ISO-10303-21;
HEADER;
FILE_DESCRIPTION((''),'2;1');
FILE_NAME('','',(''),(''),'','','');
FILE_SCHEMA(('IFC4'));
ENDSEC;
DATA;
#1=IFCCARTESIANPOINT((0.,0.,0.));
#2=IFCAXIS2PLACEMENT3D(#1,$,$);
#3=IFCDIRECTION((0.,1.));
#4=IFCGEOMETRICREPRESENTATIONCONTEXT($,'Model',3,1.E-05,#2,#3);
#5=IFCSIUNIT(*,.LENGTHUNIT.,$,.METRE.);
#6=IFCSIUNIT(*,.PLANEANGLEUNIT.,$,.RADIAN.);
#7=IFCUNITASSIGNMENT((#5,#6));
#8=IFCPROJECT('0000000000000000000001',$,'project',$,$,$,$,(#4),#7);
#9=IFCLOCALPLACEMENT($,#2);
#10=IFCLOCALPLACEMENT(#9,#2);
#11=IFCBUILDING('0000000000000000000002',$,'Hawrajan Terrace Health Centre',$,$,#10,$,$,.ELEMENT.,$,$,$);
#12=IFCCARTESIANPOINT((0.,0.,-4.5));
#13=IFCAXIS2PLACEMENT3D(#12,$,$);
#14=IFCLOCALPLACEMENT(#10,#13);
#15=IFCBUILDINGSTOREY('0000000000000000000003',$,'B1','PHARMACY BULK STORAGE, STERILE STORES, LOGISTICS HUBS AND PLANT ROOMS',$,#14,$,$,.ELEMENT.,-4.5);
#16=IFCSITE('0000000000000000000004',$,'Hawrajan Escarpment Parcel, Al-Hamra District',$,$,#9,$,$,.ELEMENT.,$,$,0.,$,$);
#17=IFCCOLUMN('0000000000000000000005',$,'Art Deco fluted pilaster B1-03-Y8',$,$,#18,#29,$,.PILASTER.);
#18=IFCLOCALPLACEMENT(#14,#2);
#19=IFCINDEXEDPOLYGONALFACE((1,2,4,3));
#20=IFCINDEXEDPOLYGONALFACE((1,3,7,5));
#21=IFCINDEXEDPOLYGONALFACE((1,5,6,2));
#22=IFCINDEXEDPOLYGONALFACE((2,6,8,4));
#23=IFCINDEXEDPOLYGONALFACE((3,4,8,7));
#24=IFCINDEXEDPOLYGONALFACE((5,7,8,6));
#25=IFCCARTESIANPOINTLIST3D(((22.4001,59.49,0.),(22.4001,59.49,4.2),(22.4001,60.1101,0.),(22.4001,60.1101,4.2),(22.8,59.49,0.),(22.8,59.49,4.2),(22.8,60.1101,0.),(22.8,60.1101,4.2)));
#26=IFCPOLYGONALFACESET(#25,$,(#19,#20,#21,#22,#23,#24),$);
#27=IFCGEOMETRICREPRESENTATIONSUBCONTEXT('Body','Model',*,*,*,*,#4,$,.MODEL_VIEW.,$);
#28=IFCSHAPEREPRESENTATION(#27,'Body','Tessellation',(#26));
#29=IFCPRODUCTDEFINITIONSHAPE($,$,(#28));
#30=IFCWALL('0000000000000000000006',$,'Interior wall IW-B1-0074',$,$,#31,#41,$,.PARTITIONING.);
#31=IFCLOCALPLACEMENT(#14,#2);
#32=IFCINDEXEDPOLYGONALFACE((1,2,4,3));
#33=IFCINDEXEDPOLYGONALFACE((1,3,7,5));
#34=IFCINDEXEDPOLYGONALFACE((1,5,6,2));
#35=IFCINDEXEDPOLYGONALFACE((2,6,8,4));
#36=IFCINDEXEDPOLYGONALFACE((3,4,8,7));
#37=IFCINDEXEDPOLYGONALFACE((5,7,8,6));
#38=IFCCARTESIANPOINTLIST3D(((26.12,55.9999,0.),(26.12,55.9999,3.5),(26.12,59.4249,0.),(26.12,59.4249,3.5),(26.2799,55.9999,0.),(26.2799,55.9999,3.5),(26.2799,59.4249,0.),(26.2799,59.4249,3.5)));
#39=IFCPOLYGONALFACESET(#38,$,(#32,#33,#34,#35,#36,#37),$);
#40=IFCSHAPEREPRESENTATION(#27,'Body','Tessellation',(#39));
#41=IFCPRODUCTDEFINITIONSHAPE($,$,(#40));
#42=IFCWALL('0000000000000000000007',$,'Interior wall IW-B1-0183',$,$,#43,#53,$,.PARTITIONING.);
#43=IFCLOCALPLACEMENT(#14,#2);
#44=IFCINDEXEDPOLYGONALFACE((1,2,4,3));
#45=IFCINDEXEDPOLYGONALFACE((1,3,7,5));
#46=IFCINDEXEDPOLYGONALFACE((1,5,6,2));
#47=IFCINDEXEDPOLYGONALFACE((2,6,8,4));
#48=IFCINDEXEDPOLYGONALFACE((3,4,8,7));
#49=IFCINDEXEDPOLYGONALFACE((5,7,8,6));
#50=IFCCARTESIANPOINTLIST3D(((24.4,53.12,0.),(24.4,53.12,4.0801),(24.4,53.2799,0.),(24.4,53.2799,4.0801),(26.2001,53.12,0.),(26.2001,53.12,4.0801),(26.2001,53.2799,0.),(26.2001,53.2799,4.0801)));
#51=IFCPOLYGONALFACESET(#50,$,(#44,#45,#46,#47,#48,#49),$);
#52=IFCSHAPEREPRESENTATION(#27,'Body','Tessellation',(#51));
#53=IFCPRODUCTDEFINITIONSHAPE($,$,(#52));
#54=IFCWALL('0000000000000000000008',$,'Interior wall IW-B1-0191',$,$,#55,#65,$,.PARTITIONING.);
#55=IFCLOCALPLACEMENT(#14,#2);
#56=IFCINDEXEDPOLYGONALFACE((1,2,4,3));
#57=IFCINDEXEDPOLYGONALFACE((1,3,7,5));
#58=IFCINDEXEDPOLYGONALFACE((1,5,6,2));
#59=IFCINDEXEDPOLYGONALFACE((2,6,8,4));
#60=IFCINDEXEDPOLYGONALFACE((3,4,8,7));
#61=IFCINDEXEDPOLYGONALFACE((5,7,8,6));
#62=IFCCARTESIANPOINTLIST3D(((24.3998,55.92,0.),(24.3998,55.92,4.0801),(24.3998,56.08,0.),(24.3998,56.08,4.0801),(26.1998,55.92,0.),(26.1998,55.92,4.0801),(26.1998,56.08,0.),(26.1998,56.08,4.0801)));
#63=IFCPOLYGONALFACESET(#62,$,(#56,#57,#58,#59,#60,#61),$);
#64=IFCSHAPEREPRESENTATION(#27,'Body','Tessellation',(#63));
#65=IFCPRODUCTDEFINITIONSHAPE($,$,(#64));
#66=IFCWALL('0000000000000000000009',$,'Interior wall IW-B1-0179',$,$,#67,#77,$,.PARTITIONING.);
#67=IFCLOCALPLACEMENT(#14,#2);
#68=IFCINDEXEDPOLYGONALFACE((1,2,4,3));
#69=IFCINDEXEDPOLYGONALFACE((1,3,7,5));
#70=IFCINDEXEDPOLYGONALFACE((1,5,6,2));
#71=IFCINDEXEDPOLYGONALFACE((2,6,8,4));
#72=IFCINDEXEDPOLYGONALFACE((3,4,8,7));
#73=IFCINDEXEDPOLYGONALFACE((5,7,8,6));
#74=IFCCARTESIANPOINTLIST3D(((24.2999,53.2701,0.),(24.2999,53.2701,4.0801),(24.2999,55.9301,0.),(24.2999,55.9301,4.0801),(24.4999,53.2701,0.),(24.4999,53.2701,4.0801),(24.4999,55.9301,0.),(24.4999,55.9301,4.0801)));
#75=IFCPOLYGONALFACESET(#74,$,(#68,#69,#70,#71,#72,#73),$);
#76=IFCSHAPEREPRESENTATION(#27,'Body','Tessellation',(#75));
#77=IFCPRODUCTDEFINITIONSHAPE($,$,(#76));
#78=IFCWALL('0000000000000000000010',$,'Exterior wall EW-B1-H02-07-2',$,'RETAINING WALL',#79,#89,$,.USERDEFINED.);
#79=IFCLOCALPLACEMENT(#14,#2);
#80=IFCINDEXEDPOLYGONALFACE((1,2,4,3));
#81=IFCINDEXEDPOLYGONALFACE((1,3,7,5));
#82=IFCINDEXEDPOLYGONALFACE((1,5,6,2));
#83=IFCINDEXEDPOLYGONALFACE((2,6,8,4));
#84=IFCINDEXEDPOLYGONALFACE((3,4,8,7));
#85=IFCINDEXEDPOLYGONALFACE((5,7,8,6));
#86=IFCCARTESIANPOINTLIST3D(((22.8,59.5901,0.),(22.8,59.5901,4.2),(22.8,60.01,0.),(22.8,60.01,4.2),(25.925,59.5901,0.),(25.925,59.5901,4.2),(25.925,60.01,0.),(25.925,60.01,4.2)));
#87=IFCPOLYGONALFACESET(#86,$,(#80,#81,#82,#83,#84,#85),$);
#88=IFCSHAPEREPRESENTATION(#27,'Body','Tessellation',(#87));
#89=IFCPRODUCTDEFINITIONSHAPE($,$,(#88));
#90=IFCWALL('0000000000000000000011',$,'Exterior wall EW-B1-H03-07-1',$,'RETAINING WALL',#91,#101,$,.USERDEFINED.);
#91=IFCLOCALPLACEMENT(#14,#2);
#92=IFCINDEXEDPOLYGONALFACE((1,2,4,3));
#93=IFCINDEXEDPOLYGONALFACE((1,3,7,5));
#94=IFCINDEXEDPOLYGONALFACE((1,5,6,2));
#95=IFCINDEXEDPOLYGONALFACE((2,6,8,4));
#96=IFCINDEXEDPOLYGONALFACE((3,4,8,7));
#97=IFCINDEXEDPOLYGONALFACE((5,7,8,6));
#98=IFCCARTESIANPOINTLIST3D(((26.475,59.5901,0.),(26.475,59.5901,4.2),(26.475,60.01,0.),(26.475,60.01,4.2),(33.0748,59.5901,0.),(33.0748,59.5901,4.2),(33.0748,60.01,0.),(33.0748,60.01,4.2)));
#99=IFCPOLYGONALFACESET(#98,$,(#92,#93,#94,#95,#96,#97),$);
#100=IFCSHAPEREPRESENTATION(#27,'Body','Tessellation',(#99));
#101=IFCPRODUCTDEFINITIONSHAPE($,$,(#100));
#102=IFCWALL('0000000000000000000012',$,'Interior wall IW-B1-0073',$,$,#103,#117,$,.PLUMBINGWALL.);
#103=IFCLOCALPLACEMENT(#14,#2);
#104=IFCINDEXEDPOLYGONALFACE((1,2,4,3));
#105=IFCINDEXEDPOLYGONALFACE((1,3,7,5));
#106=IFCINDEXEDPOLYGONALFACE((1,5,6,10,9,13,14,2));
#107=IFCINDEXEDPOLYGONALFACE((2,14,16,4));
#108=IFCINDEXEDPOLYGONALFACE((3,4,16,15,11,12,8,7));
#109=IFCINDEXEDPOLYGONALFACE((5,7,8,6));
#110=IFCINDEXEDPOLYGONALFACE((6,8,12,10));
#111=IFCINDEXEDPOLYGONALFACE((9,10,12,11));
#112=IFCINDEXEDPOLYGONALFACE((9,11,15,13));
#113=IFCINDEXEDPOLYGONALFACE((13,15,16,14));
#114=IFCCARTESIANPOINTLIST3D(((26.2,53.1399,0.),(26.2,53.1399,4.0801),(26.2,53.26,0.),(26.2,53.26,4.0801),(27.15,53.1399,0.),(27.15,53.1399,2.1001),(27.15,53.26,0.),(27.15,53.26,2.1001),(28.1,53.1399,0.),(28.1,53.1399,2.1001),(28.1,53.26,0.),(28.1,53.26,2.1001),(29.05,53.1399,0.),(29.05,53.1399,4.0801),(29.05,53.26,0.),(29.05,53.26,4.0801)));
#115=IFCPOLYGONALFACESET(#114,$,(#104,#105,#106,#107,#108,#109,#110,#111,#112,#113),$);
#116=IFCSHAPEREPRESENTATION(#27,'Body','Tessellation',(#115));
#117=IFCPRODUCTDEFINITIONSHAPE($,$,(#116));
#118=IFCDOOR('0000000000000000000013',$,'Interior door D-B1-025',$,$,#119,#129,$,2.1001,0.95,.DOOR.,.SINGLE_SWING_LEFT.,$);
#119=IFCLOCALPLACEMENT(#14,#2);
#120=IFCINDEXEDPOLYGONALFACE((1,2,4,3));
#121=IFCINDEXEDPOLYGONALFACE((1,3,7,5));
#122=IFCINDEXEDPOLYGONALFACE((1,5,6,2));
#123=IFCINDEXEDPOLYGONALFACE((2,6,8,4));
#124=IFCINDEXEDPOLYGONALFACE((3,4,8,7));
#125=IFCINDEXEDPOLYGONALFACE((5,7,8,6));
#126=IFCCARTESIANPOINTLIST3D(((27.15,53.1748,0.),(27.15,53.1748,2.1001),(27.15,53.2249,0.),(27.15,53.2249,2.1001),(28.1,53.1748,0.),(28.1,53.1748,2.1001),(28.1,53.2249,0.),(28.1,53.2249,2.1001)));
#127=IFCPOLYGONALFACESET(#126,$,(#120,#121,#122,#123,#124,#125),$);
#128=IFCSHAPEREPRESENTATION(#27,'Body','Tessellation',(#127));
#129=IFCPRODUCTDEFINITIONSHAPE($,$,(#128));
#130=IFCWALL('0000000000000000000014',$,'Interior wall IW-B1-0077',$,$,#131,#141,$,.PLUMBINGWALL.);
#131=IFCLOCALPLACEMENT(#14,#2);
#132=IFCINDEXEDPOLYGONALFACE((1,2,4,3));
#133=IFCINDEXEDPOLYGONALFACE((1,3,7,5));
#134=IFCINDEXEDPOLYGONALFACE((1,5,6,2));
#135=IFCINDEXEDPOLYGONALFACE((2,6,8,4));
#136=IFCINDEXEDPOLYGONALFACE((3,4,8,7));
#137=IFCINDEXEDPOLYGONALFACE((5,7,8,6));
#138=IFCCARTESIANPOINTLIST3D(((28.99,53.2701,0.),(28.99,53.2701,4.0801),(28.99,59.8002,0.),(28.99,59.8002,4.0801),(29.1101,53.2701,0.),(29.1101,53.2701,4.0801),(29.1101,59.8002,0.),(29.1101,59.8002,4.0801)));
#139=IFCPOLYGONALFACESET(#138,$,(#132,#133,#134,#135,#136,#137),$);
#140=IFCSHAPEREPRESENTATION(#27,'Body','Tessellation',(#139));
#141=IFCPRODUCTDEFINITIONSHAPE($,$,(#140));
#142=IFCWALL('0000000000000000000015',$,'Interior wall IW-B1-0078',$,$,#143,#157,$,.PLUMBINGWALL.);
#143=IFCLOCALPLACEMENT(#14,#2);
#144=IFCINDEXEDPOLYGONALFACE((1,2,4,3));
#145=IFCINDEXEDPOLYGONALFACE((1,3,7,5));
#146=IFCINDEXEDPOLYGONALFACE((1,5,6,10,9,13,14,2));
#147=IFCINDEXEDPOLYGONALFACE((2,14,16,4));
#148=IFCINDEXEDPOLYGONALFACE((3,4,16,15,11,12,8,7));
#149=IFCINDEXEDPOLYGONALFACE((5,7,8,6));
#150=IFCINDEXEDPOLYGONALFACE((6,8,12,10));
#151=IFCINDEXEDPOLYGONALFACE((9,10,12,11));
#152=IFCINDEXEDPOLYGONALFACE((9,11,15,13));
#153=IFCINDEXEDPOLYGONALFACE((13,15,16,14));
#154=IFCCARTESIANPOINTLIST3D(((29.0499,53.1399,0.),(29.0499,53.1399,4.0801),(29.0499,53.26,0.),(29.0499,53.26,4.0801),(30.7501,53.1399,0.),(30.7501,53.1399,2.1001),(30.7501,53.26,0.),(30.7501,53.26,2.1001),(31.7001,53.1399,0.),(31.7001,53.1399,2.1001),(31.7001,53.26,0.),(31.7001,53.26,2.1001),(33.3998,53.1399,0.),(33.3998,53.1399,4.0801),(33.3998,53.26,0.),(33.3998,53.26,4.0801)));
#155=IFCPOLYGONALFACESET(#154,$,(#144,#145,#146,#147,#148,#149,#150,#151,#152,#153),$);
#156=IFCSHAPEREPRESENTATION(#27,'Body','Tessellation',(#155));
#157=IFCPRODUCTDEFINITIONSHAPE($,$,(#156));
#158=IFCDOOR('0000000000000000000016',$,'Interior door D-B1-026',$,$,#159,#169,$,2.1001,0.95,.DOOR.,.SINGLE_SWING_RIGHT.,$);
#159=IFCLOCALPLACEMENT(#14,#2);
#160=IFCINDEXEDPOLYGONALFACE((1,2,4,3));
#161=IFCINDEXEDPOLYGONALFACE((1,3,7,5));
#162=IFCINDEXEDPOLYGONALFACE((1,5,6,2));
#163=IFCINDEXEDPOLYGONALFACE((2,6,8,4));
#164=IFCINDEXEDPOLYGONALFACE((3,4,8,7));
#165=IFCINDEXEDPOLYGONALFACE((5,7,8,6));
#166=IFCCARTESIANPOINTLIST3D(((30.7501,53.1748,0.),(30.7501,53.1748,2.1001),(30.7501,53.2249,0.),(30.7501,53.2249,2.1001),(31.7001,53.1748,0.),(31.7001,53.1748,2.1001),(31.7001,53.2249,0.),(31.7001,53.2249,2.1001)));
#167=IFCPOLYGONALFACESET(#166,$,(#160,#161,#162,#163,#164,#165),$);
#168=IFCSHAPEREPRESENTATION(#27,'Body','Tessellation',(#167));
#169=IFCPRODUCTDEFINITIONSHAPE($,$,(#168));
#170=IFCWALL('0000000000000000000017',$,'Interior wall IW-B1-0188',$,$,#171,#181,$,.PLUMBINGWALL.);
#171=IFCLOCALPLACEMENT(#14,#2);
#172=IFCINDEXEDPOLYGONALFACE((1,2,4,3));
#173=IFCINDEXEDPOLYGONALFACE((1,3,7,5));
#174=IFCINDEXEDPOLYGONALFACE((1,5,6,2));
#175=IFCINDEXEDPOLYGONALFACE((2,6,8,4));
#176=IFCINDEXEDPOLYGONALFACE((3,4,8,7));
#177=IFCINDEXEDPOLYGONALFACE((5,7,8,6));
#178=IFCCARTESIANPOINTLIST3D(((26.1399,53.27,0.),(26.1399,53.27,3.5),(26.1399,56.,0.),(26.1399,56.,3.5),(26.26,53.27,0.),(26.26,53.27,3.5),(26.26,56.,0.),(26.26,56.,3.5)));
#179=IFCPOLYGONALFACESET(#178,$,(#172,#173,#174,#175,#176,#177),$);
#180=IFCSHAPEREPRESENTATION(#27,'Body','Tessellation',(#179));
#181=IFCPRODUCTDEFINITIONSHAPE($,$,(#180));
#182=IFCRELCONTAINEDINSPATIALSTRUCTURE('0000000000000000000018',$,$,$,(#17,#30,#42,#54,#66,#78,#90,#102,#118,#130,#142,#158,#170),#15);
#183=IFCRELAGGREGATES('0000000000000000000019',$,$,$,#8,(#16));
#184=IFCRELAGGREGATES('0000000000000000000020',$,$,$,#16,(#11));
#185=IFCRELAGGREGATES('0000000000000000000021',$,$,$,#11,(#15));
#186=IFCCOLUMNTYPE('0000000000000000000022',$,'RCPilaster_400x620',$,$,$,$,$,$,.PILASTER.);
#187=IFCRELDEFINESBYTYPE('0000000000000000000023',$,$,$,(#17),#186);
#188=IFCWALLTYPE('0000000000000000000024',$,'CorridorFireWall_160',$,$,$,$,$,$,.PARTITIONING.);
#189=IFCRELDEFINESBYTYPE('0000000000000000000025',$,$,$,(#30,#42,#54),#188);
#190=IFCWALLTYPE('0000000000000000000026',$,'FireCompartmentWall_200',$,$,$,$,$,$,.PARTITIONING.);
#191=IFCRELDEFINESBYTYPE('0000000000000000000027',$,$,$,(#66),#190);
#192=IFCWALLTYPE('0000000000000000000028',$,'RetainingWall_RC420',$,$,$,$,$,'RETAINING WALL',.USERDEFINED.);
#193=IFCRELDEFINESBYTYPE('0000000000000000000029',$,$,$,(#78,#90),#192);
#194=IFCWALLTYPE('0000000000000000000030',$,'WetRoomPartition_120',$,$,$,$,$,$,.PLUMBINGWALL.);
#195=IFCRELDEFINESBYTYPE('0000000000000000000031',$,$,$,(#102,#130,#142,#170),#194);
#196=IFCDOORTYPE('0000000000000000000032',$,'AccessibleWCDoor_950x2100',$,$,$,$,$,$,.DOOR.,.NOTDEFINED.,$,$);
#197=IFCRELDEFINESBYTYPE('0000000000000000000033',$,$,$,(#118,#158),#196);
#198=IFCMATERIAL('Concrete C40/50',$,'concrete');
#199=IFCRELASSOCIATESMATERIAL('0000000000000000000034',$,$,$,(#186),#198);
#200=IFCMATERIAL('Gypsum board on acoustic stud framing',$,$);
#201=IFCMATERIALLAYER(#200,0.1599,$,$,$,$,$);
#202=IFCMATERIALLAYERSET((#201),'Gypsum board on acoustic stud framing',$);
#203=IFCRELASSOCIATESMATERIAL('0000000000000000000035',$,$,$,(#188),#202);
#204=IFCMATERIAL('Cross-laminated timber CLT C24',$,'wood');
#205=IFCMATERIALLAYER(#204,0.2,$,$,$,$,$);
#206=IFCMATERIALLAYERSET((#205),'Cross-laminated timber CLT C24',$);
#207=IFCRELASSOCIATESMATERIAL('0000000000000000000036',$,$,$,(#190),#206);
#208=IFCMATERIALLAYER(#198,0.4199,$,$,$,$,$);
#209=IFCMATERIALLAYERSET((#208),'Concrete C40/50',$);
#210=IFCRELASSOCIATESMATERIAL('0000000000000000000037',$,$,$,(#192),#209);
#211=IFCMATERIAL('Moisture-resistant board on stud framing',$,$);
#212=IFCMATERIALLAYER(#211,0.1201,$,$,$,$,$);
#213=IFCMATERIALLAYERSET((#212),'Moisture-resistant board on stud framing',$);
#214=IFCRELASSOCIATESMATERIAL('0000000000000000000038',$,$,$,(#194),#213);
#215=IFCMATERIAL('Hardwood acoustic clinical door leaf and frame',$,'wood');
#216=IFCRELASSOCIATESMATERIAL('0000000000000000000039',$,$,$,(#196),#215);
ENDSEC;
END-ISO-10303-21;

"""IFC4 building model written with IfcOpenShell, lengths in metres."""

from ifc_helpers import new_model, si_unit, direction, frame, frame_2d, origin, origin_2d, place, context, subcontext, project, spatial, rectangle, extrude, material, layer, layer_set, material_profile, profile_set, type_object, element, fill, save


model = new_model("IFC4")

# Units and contexts
model_context = context("Model", 3, precision=1e-05, world=origin(), true_north=direction((0.0, 1.0)))
body_context = subcontext(model_context, "Body", "Model", "MODEL_VIEW")
ifc_project = project(units=[si_unit("LENGTHUNIT", "METRE"), si_unit("PLANEANGLEUNIT", "RADIAN")], contexts=[model_context])

# Site, building, storey
site_placement = place(None, origin())
site = spatial("IfcSite", under=ifc_project, at=site_placement, Name="Hawrajan Escarpment Parcel, Al-Hamra District", CompositionType="ELEMENT", RefElevation=0.0)
building_placement = place(site_placement, origin())
building = spatial("IfcBuilding", under=site, at=building_placement, Name="Hawrajan Terrace Health Centre", CompositionType="ELEMENT")
storey_placement = place(building_placement, frame((0.0, 0.0, -4.5)))
storey = spatial("IfcBuildingStorey", under=building, at=storey_placement, Name="B1", Description="PHARMACY BULK STORAGE, STERILE STORES, LOGISTICS HUBS AND PLANT ROOMS", CompositionType="ELEMENT", Elevation=-4.5)

# Shared definitions
ifc_material_1 = material(Name="Concrete C40/50", Category="concrete")

# Column
ifc_material_profile_1 = material_profile(ifc_material_1, rectangle(XDim=0.3999, YDim=0.6201, at=origin_2d()), Name="RC PIL 400x620")
ifc_profile_set_1 = profile_set([ifc_material_profile_1], Name="Concrete C40/50")
column_type_1 = type_object("IfcColumnType", Name="RCPilaster_400x620", PredefinedType="PILASTER", material=ifc_profile_set_1)
column_1_placement = place(storey_placement, frame((22.6001, 59.8, 0.0), z_axis=(0.0, 0.0, 1.0), x_axis=(1.0, 0.0, 0.0)))
element("IfcColumn", 1, at=column_1_placement, inside=storey, type_object=column_type_1, Name="Art Deco fluted pilaster B1-03-Y8", PredefinedType="PILASTER", context=body_context, shape_type="SweptSolid", body=[
    extrude(rectangle(XDim=0.3999, YDim=0.6201, at=origin_2d()), origin(), (0.0, 0.0, 1.0), 4.2),
])

# Walls
ifc_material_2 = material(Name="Gypsum board on acoustic stud framing")
ifc_layer_1 = layer(ifc_material_2, 0.1599)
ifc_layer_set_1 = layer_set([ifc_layer_1], Name="Gypsum board on acoustic stud framing")
wall_type_1 = type_object("IfcWallType", Name="CorridorFireWall_160", PredefinedType="PARTITIONING", material=ifc_layer_set_1)
wall_1_placement = place(storey_placement, frame((26.2, 56.0, 0.0), z_axis=(0.0, 0.0, 1.0), x_axis=(0.0, 1.0, 0.0)))
element("IfcWall", 2, at=wall_1_placement, inside=storey, type_object=wall_type_1, Name="Interior wall IW-B1-0074", PredefinedType="PARTITIONING", context=body_context, shape_type="SweptSolid", body=[
    extrude(rectangle(XDim=3.425, YDim=0.1599, at=frame_2d((1.7124, 0.0))), origin(), (0.0, 0.0, 1.0), 3.5),
])
for number, where, z_axis, x_axis, name in (
    (3, (26.2, 53.2, 0.0), (0.0, 0.0, 1.0), (-1.0, 0.0, 0.0), "Interior wall IW-B1-0183"),
    (4, (24.3999, 56.0, 0.0), (0.0, 0.0, 1.0), (1.0, 0.0, 0.0), "Interior wall IW-B1-0191"),
):
    element("IfcWall", number, at=place(storey_placement, frame(where, z_axis=z_axis, x_axis=x_axis)), inside=storey, type_object=wall_type_1, Name=name, PredefinedType="PARTITIONING", context=body_context, shape_type="SweptSolid", body=[
        extrude(rectangle(XDim=1.8, YDim=0.1599, at=frame_2d((0.8999, 0.0))), origin(), (0.0, 0.0, 1.0), 4.0801),
    ])
ifc_material_3 = material(Name="Cross-laminated timber CLT C24", Category="wood")
ifc_layer_2 = layer(ifc_material_3, 0.2)
ifc_layer_set_2 = layer_set([ifc_layer_2], Name="Cross-laminated timber CLT C24")
wall_type_2 = type_object("IfcWallType", Name="FireCompartmentWall_200", PredefinedType="PARTITIONING", material=ifc_layer_set_2)
wall_2_placement = place(storey_placement, frame((24.3999, 53.27, 0.0), z_axis=(0.0, 0.0, 1.0), x_axis=(0.0, 1.0, 0.0)))
element("IfcWall", 5, at=wall_2_placement, inside=storey, type_object=wall_type_2, Name="Interior wall IW-B1-0179", PredefinedType="PARTITIONING", context=body_context, shape_type="SweptSolid", body=[
    extrude(rectangle(XDim=2.6599, YDim=0.2, at=frame_2d((1.3301, 0.0))), origin(), (0.0, 0.0, 1.0), 4.0801),
])
ifc_layer_3 = layer(ifc_material_1, 0.4199)
ifc_layer_set_3 = layer_set([ifc_layer_3], Name="Concrete C40/50")
wall_type_3 = type_object("IfcWallType", Name="RetainingWall_RC420", ElementType="RETAINING WALL", PredefinedType="USERDEFINED", material=ifc_layer_set_3)
wall_3_placement = place(storey_placement, frame((22.8, 59.8, 0.0), z_axis=(0.0, 0.0, 1.0), x_axis=(1.0, 0.0, 0.0)))
element("IfcWall", 6, at=wall_3_placement, inside=storey, type_object=wall_type_3, Name="Exterior wall EW-B1-H02-07-2", ObjectType="RETAINING WALL", PredefinedType="USERDEFINED", context=body_context, shape_type="SweptSolid", body=[
    extrude(rectangle(XDim=3.125, YDim=0.4199, at=frame_2d((1.5625, 0.0))), origin(), (0.0, 0.0, 1.0), 4.2),
])
wall_4_placement = place(storey_placement, frame((26.4751, 59.8, 0.0), z_axis=(0.0, 0.0, 1.0), x_axis=(1.0, 0.0, 0.0)))
element("IfcWall", 7, at=wall_4_placement, inside=storey, type_object=wall_type_3, Name="Exterior wall EW-B1-H03-07-1", ObjectType="RETAINING WALL", PredefinedType="USERDEFINED", context=body_context, shape_type="SweptSolid", body=[
    extrude(rectangle(XDim=6.5999, YDim=0.4199, at=frame_2d((3.2998, 0.0))), origin(), (0.0, 0.0, 1.0), 4.2),
])

# Wall, opening, door
ifc_material_4 = material(Name="Moisture-resistant board on stud framing")
ifc_layer_4 = layer(ifc_material_4, 0.1201)
ifc_layer_set_4 = layer_set([ifc_layer_4], Name="Moisture-resistant board on stud framing")
wall_type_4 = type_object("IfcWallType", Name="WetRoomPartition_120", PredefinedType="PLUMBINGWALL", material=ifc_layer_set_4)
wall_5_placement = place(storey_placement, frame((26.2, 53.2, 0.0), z_axis=(0.0, 0.0, 1.0), x_axis=(1.0, 0.0, 0.0)))
wall_5 = element("IfcWall", 8, at=wall_5_placement, inside=storey, type_object=wall_type_4, Name="Interior wall IW-B1-0073", PredefinedType="PLUMBINGWALL", context=body_context, shape_type="SweptSolid", body=[
    extrude(rectangle(XDim=2.8501, YDim=0.1201, at=frame_2d((1.425, 0.0))), origin(), (0.0, 0.0, 1.0), 4.0801),
])
opening_1_placement = place(wall_5_placement, frame((0.95, 0.0, 0.0)))
opening_1 = element("IfcOpeningElement", 9, at=opening_1_placement, cuts=wall_5, PredefinedType="OPENING", context=body_context, shape_type="SweptSolid", body=[
    extrude(rectangle(XDim=0.95, YDim=2.1001, at=frame_2d((0.4751, 1.05))), frame((0.0, 0.0701, 0.0), z_axis=(0.0, -1.0, 0.0), x_axis=(1.0, 0.0, 0.0)), (0.0, 0.0, 1.0), 0.1401),
])
ifc_material_5 = material(Name="Hardwood acoustic clinical door leaf and frame", Category="wood")
door_type = type_object("IfcDoorType", Name="AccessibleWCDoor_950x2100", OperationType="NOTDEFINED", PredefinedType="DOOR", material=ifc_material_5)
door_1_placement = place(opening_1_placement, origin())
door_1 = element("IfcDoor", 10, at=door_1_placement, inside=storey, type_object=door_type, Name="Interior door D-B1-025", OperationType="SINGLE_SWING_LEFT", OverallHeight=2.1001, OverallWidth=0.95, PredefinedType="DOOR", context=body_context, shape_type="SweptSolid", body=[
    extrude(rectangle(XDim=0.95, YDim=2.1001, at=frame_2d((0.4751, 1.05))), frame((0.0, 0.0249, 0.0), z_axis=(0.0, -1.0, 0.0), x_axis=(1.0, 0.0, 0.0)), (0.0, 0.0, 1.0), 0.05),
])
fill(opening_1, door_1)

# Wall
wall_6_placement = place(storey_placement, frame((29.05, 53.27, 0.0), z_axis=(0.0, 0.0, 1.0), x_axis=(0.0, 1.0, 0.0)))
element("IfcWall", 11, at=wall_6_placement, inside=storey, type_object=wall_type_4, Name="Interior wall IW-B1-0077", PredefinedType="PLUMBINGWALL", context=body_context, shape_type="SweptSolid", body=[
    extrude(rectangle(XDim=6.53, YDim=0.1201, at=frame_2d((3.2651, 0.0))), origin(), (0.0, 0.0, 1.0), 4.0801),
])

# Wall, opening, door
wall_7_placement = place(storey_placement, frame((29.05, 53.2, 0.0), z_axis=(0.0, 0.0, 1.0), x_axis=(1.0, 0.0, 0.0)))
wall_7 = element("IfcWall", 12, at=wall_7_placement, inside=storey, type_object=wall_type_4, Name="Interior wall IW-B1-0078", PredefinedType="PLUMBINGWALL", context=body_context, shape_type="SweptSolid", body=[
    extrude(rectangle(XDim=4.3499, YDim=0.1201, at=frame_2d((2.1748, 0.0))), origin(), (0.0, 0.0, 1.0), 4.0801),
])
opening_2_placement = place(wall_7_placement, frame((1.7, 0.0, 0.0)))
opening_2 = element("IfcOpeningElement", 13, at=opening_2_placement, cuts=wall_7, PredefinedType="OPENING", context=body_context, shape_type="SweptSolid", body=[
    extrude(rectangle(XDim=0.95, YDim=2.1001, at=frame_2d((0.4751, 1.05))), frame((0.0, 0.0701, 0.0), z_axis=(0.0, -1.0, 0.0), x_axis=(1.0, 0.0, 0.0)), (0.0, 0.0, 1.0), 0.1401),
])
door_2_placement = place(opening_2_placement, origin())
door_2 = element("IfcDoor", 14, at=door_2_placement, inside=storey, type_object=door_type, Name="Interior door D-B1-026", OperationType="SINGLE_SWING_RIGHT", OverallHeight=2.1001, OverallWidth=0.95, PredefinedType="DOOR", context=body_context, shape_type="SweptSolid", body=[
    extrude(rectangle(XDim=0.95, YDim=2.1001, at=frame_2d((0.4751, 1.05))), frame((0.0, 0.0249, 0.0), z_axis=(0.0, -1.0, 0.0), x_axis=(1.0, 0.0, 0.0)), (0.0, 0.0, 1.0), 0.05),
])
fill(opening_2, door_2)

# Wall
wall_8_placement = place(storey_placement, frame((26.2, 53.27, 0.0), z_axis=(0.0, 0.0, 1.0), x_axis=(0.0, 1.0, 0.0)))
element("IfcWall", 15, at=wall_8_placement, inside=storey, type_object=wall_type_4, Name="Interior wall IW-B1-0188", PredefinedType="PLUMBINGWALL", context=body_context, shape_type="SweptSolid", body=[
    extrude(rectangle(XDim=2.73, YDim=0.1201, at=frame_2d((1.365, 0.0))), origin(), (0.0, 0.0, 1.0), 3.5),
])

save(model, "model.ifc")
